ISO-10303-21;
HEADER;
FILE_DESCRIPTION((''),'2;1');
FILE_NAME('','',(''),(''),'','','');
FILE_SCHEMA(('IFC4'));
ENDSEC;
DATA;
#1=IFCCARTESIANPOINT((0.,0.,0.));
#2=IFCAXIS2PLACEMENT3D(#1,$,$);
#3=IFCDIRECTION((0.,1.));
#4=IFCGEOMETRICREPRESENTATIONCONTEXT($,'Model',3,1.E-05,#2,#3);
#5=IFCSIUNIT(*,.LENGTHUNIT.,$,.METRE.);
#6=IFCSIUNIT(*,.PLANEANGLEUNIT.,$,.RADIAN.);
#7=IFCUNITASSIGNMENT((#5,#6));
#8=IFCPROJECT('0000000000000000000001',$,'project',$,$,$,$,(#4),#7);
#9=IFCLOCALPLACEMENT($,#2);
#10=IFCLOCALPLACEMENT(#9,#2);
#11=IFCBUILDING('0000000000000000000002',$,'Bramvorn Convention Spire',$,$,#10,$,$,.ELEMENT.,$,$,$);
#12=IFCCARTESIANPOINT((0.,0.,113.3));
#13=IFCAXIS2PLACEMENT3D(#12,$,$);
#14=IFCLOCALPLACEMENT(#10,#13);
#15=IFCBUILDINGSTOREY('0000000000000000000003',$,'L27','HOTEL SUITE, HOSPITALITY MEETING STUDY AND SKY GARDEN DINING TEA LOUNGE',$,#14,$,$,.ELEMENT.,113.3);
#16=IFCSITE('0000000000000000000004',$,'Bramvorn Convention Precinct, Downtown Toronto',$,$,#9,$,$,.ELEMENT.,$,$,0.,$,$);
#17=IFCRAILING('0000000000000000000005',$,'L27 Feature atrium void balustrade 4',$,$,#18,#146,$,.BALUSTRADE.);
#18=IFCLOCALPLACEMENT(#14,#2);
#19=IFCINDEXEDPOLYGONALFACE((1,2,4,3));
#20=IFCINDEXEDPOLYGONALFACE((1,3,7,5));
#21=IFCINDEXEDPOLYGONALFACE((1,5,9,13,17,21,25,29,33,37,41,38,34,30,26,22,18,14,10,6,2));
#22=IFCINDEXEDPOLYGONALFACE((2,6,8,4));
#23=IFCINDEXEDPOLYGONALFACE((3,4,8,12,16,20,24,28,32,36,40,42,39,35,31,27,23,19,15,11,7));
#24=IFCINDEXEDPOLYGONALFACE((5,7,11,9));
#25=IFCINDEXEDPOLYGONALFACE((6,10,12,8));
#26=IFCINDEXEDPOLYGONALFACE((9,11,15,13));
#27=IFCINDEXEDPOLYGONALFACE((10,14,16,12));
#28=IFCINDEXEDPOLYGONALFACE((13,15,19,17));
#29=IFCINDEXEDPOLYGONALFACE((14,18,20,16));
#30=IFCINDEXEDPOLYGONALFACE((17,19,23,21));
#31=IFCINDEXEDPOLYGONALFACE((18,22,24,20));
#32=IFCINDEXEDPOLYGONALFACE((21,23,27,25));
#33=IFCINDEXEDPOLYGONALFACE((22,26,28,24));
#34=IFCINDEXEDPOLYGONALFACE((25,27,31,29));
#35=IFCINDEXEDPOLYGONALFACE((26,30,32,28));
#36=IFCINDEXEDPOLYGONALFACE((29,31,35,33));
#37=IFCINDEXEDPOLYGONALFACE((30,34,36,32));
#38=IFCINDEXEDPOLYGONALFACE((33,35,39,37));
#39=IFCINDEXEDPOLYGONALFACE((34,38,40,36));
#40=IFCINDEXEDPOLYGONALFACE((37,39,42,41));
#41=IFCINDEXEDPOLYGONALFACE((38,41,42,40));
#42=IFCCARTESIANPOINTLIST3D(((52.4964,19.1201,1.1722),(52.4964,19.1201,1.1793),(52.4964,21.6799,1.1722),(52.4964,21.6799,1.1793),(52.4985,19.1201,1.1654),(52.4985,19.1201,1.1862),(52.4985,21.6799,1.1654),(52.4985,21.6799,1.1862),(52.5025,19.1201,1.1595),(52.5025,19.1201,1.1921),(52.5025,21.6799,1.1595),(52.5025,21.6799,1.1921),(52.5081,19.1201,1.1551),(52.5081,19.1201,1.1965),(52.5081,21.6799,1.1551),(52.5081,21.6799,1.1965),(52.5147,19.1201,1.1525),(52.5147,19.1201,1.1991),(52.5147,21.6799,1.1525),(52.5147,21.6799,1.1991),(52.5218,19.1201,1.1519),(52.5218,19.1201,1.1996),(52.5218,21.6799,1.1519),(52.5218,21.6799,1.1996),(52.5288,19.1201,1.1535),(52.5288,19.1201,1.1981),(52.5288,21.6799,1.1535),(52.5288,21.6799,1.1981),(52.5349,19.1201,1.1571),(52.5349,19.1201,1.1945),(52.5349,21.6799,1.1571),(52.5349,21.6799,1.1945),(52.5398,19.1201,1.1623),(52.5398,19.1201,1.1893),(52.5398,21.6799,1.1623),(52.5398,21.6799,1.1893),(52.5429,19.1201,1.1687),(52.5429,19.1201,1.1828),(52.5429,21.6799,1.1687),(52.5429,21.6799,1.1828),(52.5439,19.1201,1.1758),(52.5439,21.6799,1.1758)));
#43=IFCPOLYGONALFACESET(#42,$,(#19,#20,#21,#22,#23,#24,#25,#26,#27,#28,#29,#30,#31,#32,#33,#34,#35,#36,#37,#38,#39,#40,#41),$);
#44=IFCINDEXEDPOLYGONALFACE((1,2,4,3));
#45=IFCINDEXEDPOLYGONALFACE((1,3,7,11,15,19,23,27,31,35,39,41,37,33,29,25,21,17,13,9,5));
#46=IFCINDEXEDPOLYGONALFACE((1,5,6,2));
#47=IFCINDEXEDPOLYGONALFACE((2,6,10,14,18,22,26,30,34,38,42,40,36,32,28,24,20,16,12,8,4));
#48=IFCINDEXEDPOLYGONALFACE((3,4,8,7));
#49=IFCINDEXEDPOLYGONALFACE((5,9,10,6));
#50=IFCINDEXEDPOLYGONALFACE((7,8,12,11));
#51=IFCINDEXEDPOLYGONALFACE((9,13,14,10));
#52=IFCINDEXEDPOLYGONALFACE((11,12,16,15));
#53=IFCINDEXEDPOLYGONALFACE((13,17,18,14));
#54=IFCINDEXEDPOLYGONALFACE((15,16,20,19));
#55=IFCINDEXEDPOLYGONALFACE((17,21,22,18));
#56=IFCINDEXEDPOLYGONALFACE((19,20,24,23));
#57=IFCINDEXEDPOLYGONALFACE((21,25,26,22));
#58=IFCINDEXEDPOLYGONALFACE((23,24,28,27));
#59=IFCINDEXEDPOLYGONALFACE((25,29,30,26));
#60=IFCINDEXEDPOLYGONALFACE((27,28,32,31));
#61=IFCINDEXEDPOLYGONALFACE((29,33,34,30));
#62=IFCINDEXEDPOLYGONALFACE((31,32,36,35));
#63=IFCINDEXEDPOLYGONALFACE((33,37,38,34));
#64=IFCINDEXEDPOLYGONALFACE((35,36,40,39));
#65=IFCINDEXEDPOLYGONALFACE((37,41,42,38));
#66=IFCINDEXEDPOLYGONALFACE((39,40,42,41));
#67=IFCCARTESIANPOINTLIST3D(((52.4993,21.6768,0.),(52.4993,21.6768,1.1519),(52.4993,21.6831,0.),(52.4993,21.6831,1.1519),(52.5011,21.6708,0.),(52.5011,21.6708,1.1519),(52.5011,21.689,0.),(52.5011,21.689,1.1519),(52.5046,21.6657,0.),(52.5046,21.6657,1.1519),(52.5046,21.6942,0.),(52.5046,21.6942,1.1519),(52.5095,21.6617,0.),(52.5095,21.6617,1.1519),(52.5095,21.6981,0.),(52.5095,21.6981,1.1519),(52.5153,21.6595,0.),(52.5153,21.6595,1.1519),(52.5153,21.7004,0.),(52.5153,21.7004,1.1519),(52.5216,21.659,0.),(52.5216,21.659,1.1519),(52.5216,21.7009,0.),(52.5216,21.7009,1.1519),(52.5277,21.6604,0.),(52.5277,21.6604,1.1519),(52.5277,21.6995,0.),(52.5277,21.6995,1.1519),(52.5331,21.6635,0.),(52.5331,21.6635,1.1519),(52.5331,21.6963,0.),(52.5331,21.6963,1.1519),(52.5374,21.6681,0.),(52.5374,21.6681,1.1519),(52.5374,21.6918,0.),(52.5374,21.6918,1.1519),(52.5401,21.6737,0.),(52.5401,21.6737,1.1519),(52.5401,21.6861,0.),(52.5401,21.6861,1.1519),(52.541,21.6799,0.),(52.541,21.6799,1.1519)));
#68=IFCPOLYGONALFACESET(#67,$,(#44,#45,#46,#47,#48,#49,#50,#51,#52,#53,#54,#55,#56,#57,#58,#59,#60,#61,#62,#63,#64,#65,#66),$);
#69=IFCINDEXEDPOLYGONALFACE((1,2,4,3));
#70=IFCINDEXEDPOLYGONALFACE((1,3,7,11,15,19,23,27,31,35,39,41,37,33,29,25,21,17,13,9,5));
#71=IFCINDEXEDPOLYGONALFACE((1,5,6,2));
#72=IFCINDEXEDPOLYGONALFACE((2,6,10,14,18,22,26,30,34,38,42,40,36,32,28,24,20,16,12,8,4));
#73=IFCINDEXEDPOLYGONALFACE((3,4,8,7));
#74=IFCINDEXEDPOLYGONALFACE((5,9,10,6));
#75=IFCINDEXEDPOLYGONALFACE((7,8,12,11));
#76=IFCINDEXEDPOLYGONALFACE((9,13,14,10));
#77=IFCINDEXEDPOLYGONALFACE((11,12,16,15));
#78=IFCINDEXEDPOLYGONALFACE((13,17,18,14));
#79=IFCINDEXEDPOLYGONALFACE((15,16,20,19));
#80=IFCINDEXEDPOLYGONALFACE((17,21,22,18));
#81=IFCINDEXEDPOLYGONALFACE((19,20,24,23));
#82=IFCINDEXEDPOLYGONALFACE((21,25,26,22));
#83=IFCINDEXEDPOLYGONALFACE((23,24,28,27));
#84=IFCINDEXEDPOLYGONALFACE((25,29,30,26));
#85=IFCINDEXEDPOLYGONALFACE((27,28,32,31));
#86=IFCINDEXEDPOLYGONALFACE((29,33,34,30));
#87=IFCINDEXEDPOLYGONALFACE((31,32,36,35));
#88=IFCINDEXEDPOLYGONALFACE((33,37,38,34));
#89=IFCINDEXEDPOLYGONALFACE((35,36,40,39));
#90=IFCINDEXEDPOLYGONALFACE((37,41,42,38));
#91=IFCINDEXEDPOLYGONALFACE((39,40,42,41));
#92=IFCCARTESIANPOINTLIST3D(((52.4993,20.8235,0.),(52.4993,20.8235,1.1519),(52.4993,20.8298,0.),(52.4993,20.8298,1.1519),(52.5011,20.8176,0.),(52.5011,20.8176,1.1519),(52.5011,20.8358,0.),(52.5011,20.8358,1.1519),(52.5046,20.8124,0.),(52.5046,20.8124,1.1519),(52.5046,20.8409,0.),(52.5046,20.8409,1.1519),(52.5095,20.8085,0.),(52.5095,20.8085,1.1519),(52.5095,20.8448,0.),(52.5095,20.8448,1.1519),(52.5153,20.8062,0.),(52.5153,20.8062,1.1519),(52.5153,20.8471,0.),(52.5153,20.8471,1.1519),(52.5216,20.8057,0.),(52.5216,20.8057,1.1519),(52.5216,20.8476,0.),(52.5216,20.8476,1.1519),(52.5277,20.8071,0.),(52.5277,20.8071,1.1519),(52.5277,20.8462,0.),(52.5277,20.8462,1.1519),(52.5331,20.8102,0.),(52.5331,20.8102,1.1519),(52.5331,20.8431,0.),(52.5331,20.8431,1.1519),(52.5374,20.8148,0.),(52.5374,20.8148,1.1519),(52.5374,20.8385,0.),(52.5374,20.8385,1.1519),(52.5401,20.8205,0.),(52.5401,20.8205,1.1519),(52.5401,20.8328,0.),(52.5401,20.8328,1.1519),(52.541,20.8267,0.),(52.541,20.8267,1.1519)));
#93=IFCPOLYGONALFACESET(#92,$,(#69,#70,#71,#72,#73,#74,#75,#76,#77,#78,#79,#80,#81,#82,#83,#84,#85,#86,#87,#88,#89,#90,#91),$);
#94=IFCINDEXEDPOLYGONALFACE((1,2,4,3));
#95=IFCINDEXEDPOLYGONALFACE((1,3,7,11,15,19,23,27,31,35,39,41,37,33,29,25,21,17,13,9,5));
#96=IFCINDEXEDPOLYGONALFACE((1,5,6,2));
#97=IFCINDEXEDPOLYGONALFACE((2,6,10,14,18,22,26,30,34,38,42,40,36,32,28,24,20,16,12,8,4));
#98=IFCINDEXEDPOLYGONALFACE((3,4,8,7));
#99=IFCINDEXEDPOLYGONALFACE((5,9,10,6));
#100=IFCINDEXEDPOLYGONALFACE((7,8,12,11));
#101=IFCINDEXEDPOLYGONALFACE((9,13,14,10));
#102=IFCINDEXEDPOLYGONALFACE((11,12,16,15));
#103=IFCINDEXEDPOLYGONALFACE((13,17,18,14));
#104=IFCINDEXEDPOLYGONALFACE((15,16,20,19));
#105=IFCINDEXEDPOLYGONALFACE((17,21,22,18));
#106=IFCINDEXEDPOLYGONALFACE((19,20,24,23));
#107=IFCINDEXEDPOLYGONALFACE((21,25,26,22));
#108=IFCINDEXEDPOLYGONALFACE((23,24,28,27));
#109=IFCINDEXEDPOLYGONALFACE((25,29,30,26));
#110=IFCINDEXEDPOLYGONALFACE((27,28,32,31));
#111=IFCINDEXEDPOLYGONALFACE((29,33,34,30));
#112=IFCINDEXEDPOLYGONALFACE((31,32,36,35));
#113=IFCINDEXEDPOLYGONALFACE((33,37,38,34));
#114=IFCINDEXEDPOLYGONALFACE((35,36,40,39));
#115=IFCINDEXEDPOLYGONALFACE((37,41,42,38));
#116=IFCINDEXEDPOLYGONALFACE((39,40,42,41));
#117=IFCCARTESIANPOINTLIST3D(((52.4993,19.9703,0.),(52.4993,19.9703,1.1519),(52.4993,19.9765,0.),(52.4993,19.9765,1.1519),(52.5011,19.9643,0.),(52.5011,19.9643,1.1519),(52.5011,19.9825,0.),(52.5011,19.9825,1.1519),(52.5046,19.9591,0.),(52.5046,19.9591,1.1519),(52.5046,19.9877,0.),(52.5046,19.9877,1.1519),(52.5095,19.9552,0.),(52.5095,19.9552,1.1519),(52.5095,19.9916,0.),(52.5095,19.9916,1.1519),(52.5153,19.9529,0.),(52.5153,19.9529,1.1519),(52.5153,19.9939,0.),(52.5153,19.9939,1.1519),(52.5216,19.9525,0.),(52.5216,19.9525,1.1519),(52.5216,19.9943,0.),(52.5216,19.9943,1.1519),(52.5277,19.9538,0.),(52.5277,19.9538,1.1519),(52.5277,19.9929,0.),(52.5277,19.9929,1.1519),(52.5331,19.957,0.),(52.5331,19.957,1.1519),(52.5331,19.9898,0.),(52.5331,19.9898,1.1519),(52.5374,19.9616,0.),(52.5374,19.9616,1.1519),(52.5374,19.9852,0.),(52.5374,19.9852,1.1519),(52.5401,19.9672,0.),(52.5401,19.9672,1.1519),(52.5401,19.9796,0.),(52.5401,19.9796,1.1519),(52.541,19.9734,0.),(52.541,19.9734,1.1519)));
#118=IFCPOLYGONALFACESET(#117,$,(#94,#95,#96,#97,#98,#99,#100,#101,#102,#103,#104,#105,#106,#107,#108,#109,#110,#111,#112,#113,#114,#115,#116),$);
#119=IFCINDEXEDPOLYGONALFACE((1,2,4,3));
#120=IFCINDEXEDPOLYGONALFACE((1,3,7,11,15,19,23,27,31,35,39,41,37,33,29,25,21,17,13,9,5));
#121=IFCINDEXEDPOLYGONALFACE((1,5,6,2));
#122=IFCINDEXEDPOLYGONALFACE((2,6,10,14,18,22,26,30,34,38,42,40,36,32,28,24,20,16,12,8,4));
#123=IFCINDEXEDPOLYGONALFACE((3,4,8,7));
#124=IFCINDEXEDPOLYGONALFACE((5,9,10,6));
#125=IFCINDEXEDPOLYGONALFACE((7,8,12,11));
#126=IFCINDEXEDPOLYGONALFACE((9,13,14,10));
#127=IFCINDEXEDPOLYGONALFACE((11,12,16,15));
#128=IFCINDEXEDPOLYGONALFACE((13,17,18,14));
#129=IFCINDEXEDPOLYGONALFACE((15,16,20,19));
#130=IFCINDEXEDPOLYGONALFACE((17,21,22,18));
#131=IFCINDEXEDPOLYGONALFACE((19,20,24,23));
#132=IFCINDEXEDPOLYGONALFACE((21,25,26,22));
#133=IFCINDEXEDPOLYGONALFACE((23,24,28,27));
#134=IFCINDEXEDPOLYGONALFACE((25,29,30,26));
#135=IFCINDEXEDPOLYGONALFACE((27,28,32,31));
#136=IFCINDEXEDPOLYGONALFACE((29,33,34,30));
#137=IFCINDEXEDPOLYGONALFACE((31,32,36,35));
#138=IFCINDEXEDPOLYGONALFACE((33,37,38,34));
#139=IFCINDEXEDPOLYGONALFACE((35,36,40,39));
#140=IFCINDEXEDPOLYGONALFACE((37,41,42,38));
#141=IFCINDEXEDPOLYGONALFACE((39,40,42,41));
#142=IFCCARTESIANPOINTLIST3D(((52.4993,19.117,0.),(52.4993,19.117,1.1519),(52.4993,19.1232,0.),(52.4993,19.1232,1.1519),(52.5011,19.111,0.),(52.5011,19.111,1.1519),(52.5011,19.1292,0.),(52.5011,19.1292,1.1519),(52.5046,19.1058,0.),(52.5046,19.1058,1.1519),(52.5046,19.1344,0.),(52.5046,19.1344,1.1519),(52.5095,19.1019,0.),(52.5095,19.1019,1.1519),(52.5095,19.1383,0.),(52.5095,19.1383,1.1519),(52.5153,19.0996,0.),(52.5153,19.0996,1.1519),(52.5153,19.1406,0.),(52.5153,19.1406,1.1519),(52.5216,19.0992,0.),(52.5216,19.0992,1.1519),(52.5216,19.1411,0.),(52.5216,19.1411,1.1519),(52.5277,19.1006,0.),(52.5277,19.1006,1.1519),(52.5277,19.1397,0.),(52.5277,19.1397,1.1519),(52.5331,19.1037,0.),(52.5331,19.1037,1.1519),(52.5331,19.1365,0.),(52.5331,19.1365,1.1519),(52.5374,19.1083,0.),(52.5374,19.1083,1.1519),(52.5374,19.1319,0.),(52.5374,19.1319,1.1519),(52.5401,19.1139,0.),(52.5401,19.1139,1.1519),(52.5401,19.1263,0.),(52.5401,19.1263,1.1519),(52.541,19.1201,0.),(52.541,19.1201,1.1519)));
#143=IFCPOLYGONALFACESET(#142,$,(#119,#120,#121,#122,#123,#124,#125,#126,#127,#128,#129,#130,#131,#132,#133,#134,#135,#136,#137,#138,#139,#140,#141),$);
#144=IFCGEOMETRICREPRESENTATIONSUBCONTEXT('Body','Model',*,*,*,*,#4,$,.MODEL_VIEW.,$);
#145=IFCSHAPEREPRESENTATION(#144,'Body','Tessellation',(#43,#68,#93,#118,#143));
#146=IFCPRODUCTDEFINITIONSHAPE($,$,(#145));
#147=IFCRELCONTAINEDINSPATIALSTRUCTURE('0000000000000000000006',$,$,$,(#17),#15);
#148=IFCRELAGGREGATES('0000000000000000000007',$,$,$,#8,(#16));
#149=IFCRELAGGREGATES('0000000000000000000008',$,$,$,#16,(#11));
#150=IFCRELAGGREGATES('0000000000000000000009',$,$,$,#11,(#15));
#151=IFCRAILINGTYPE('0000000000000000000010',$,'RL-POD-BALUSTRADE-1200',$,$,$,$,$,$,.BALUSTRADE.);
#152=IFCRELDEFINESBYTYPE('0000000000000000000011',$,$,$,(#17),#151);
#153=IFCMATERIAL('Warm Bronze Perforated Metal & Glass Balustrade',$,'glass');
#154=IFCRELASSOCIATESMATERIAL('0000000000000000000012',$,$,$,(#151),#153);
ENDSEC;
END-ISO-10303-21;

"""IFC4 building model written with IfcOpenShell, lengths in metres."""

from ifc_helpers import new_model, si_unit, direction, frame, origin, origin_2d, place, context, subcontext, project, spatial, circle, extrude, material, type_object, element, save


model = new_model("IFC4")

# Units and contexts
model_context = context("Model", 3, precision=1e-05, world=origin(), true_north=direction((0.0, 1.0)))
body_context = subcontext(model_context, "Body", "Model", "MODEL_VIEW")
ifc_project = project(units=[si_unit("LENGTHUNIT", "METRE"), si_unit("PLANEANGLEUNIT", "RADIAN")], contexts=[model_context])

# Site, building, storey
site_placement = place(None, origin())
site = spatial("IfcSite", under=ifc_project, at=site_placement, Name="Bramvorn Convention Precinct, Downtown Toronto", CompositionType="ELEMENT", RefElevation=0.0)
building_placement = place(site_placement, origin())
building = spatial("IfcBuilding", under=site, at=building_placement, Name="Bramvorn Convention Spire", CompositionType="ELEMENT")
storey_placement = place(building_placement, frame((0.0, 0.0, 113.3)))
storey = spatial("IfcBuildingStorey", under=building, at=storey_placement, Name="L27", Description="HOTEL SUITE, HOSPITALITY MEETING STUDY AND SKY GARDEN DINING TEA LOUNGE", CompositionType="ELEMENT", Elevation=113.3)

# Railing
ifc_material_1 = material(Name="Warm Bronze Perforated Metal & Glass Balustrade", Category="glass")
railing_type = type_object("IfcRailingType", Name="RL-POD-BALUSTRADE-1200", PredefinedType="BALUSTRADE", material=ifc_material_1)
railing_1_placement = place(storey_placement, frame((52.52, 21.6799, 0.0)))
element("IfcRailing", 1, at=railing_1_placement, inside=storey, type_object=railing_type, Name="L27 Feature atrium void balustrade 4", PredefinedType="BALUSTRADE", context=body_context, shape_type="SweptSolid", body=[
    extrude(circle(Radius=0.0239, at=origin_2d()), frame((0.0, 0.0, 1.1758), z_axis=(0.0, -1.0, 0.0), x_axis=(1.0, 0.0, 0.0)), (0.0, 0.0, 1.0), 2.5598),
    extrude(circle(Radius=0.021, at=origin_2d()), origin(), (0.0, 0.0, 1.0), 1.1519),
    extrude(circle(Radius=0.021, at=origin_2d()), frame((0.0, -0.8533, 0.0)), (0.0, 0.0, 1.0), 1.1519),
    extrude(circle(Radius=0.021, at=origin_2d()), frame((0.0, -1.7065, 0.0)), (0.0, 0.0, 1.0), 1.1519),
    extrude(circle(Radius=0.021, at=origin_2d()), frame((0.0, -2.5598, 0.0)), (0.0, 0.0, 1.0), 1.1519),
])

save(model, "model.ifc")
